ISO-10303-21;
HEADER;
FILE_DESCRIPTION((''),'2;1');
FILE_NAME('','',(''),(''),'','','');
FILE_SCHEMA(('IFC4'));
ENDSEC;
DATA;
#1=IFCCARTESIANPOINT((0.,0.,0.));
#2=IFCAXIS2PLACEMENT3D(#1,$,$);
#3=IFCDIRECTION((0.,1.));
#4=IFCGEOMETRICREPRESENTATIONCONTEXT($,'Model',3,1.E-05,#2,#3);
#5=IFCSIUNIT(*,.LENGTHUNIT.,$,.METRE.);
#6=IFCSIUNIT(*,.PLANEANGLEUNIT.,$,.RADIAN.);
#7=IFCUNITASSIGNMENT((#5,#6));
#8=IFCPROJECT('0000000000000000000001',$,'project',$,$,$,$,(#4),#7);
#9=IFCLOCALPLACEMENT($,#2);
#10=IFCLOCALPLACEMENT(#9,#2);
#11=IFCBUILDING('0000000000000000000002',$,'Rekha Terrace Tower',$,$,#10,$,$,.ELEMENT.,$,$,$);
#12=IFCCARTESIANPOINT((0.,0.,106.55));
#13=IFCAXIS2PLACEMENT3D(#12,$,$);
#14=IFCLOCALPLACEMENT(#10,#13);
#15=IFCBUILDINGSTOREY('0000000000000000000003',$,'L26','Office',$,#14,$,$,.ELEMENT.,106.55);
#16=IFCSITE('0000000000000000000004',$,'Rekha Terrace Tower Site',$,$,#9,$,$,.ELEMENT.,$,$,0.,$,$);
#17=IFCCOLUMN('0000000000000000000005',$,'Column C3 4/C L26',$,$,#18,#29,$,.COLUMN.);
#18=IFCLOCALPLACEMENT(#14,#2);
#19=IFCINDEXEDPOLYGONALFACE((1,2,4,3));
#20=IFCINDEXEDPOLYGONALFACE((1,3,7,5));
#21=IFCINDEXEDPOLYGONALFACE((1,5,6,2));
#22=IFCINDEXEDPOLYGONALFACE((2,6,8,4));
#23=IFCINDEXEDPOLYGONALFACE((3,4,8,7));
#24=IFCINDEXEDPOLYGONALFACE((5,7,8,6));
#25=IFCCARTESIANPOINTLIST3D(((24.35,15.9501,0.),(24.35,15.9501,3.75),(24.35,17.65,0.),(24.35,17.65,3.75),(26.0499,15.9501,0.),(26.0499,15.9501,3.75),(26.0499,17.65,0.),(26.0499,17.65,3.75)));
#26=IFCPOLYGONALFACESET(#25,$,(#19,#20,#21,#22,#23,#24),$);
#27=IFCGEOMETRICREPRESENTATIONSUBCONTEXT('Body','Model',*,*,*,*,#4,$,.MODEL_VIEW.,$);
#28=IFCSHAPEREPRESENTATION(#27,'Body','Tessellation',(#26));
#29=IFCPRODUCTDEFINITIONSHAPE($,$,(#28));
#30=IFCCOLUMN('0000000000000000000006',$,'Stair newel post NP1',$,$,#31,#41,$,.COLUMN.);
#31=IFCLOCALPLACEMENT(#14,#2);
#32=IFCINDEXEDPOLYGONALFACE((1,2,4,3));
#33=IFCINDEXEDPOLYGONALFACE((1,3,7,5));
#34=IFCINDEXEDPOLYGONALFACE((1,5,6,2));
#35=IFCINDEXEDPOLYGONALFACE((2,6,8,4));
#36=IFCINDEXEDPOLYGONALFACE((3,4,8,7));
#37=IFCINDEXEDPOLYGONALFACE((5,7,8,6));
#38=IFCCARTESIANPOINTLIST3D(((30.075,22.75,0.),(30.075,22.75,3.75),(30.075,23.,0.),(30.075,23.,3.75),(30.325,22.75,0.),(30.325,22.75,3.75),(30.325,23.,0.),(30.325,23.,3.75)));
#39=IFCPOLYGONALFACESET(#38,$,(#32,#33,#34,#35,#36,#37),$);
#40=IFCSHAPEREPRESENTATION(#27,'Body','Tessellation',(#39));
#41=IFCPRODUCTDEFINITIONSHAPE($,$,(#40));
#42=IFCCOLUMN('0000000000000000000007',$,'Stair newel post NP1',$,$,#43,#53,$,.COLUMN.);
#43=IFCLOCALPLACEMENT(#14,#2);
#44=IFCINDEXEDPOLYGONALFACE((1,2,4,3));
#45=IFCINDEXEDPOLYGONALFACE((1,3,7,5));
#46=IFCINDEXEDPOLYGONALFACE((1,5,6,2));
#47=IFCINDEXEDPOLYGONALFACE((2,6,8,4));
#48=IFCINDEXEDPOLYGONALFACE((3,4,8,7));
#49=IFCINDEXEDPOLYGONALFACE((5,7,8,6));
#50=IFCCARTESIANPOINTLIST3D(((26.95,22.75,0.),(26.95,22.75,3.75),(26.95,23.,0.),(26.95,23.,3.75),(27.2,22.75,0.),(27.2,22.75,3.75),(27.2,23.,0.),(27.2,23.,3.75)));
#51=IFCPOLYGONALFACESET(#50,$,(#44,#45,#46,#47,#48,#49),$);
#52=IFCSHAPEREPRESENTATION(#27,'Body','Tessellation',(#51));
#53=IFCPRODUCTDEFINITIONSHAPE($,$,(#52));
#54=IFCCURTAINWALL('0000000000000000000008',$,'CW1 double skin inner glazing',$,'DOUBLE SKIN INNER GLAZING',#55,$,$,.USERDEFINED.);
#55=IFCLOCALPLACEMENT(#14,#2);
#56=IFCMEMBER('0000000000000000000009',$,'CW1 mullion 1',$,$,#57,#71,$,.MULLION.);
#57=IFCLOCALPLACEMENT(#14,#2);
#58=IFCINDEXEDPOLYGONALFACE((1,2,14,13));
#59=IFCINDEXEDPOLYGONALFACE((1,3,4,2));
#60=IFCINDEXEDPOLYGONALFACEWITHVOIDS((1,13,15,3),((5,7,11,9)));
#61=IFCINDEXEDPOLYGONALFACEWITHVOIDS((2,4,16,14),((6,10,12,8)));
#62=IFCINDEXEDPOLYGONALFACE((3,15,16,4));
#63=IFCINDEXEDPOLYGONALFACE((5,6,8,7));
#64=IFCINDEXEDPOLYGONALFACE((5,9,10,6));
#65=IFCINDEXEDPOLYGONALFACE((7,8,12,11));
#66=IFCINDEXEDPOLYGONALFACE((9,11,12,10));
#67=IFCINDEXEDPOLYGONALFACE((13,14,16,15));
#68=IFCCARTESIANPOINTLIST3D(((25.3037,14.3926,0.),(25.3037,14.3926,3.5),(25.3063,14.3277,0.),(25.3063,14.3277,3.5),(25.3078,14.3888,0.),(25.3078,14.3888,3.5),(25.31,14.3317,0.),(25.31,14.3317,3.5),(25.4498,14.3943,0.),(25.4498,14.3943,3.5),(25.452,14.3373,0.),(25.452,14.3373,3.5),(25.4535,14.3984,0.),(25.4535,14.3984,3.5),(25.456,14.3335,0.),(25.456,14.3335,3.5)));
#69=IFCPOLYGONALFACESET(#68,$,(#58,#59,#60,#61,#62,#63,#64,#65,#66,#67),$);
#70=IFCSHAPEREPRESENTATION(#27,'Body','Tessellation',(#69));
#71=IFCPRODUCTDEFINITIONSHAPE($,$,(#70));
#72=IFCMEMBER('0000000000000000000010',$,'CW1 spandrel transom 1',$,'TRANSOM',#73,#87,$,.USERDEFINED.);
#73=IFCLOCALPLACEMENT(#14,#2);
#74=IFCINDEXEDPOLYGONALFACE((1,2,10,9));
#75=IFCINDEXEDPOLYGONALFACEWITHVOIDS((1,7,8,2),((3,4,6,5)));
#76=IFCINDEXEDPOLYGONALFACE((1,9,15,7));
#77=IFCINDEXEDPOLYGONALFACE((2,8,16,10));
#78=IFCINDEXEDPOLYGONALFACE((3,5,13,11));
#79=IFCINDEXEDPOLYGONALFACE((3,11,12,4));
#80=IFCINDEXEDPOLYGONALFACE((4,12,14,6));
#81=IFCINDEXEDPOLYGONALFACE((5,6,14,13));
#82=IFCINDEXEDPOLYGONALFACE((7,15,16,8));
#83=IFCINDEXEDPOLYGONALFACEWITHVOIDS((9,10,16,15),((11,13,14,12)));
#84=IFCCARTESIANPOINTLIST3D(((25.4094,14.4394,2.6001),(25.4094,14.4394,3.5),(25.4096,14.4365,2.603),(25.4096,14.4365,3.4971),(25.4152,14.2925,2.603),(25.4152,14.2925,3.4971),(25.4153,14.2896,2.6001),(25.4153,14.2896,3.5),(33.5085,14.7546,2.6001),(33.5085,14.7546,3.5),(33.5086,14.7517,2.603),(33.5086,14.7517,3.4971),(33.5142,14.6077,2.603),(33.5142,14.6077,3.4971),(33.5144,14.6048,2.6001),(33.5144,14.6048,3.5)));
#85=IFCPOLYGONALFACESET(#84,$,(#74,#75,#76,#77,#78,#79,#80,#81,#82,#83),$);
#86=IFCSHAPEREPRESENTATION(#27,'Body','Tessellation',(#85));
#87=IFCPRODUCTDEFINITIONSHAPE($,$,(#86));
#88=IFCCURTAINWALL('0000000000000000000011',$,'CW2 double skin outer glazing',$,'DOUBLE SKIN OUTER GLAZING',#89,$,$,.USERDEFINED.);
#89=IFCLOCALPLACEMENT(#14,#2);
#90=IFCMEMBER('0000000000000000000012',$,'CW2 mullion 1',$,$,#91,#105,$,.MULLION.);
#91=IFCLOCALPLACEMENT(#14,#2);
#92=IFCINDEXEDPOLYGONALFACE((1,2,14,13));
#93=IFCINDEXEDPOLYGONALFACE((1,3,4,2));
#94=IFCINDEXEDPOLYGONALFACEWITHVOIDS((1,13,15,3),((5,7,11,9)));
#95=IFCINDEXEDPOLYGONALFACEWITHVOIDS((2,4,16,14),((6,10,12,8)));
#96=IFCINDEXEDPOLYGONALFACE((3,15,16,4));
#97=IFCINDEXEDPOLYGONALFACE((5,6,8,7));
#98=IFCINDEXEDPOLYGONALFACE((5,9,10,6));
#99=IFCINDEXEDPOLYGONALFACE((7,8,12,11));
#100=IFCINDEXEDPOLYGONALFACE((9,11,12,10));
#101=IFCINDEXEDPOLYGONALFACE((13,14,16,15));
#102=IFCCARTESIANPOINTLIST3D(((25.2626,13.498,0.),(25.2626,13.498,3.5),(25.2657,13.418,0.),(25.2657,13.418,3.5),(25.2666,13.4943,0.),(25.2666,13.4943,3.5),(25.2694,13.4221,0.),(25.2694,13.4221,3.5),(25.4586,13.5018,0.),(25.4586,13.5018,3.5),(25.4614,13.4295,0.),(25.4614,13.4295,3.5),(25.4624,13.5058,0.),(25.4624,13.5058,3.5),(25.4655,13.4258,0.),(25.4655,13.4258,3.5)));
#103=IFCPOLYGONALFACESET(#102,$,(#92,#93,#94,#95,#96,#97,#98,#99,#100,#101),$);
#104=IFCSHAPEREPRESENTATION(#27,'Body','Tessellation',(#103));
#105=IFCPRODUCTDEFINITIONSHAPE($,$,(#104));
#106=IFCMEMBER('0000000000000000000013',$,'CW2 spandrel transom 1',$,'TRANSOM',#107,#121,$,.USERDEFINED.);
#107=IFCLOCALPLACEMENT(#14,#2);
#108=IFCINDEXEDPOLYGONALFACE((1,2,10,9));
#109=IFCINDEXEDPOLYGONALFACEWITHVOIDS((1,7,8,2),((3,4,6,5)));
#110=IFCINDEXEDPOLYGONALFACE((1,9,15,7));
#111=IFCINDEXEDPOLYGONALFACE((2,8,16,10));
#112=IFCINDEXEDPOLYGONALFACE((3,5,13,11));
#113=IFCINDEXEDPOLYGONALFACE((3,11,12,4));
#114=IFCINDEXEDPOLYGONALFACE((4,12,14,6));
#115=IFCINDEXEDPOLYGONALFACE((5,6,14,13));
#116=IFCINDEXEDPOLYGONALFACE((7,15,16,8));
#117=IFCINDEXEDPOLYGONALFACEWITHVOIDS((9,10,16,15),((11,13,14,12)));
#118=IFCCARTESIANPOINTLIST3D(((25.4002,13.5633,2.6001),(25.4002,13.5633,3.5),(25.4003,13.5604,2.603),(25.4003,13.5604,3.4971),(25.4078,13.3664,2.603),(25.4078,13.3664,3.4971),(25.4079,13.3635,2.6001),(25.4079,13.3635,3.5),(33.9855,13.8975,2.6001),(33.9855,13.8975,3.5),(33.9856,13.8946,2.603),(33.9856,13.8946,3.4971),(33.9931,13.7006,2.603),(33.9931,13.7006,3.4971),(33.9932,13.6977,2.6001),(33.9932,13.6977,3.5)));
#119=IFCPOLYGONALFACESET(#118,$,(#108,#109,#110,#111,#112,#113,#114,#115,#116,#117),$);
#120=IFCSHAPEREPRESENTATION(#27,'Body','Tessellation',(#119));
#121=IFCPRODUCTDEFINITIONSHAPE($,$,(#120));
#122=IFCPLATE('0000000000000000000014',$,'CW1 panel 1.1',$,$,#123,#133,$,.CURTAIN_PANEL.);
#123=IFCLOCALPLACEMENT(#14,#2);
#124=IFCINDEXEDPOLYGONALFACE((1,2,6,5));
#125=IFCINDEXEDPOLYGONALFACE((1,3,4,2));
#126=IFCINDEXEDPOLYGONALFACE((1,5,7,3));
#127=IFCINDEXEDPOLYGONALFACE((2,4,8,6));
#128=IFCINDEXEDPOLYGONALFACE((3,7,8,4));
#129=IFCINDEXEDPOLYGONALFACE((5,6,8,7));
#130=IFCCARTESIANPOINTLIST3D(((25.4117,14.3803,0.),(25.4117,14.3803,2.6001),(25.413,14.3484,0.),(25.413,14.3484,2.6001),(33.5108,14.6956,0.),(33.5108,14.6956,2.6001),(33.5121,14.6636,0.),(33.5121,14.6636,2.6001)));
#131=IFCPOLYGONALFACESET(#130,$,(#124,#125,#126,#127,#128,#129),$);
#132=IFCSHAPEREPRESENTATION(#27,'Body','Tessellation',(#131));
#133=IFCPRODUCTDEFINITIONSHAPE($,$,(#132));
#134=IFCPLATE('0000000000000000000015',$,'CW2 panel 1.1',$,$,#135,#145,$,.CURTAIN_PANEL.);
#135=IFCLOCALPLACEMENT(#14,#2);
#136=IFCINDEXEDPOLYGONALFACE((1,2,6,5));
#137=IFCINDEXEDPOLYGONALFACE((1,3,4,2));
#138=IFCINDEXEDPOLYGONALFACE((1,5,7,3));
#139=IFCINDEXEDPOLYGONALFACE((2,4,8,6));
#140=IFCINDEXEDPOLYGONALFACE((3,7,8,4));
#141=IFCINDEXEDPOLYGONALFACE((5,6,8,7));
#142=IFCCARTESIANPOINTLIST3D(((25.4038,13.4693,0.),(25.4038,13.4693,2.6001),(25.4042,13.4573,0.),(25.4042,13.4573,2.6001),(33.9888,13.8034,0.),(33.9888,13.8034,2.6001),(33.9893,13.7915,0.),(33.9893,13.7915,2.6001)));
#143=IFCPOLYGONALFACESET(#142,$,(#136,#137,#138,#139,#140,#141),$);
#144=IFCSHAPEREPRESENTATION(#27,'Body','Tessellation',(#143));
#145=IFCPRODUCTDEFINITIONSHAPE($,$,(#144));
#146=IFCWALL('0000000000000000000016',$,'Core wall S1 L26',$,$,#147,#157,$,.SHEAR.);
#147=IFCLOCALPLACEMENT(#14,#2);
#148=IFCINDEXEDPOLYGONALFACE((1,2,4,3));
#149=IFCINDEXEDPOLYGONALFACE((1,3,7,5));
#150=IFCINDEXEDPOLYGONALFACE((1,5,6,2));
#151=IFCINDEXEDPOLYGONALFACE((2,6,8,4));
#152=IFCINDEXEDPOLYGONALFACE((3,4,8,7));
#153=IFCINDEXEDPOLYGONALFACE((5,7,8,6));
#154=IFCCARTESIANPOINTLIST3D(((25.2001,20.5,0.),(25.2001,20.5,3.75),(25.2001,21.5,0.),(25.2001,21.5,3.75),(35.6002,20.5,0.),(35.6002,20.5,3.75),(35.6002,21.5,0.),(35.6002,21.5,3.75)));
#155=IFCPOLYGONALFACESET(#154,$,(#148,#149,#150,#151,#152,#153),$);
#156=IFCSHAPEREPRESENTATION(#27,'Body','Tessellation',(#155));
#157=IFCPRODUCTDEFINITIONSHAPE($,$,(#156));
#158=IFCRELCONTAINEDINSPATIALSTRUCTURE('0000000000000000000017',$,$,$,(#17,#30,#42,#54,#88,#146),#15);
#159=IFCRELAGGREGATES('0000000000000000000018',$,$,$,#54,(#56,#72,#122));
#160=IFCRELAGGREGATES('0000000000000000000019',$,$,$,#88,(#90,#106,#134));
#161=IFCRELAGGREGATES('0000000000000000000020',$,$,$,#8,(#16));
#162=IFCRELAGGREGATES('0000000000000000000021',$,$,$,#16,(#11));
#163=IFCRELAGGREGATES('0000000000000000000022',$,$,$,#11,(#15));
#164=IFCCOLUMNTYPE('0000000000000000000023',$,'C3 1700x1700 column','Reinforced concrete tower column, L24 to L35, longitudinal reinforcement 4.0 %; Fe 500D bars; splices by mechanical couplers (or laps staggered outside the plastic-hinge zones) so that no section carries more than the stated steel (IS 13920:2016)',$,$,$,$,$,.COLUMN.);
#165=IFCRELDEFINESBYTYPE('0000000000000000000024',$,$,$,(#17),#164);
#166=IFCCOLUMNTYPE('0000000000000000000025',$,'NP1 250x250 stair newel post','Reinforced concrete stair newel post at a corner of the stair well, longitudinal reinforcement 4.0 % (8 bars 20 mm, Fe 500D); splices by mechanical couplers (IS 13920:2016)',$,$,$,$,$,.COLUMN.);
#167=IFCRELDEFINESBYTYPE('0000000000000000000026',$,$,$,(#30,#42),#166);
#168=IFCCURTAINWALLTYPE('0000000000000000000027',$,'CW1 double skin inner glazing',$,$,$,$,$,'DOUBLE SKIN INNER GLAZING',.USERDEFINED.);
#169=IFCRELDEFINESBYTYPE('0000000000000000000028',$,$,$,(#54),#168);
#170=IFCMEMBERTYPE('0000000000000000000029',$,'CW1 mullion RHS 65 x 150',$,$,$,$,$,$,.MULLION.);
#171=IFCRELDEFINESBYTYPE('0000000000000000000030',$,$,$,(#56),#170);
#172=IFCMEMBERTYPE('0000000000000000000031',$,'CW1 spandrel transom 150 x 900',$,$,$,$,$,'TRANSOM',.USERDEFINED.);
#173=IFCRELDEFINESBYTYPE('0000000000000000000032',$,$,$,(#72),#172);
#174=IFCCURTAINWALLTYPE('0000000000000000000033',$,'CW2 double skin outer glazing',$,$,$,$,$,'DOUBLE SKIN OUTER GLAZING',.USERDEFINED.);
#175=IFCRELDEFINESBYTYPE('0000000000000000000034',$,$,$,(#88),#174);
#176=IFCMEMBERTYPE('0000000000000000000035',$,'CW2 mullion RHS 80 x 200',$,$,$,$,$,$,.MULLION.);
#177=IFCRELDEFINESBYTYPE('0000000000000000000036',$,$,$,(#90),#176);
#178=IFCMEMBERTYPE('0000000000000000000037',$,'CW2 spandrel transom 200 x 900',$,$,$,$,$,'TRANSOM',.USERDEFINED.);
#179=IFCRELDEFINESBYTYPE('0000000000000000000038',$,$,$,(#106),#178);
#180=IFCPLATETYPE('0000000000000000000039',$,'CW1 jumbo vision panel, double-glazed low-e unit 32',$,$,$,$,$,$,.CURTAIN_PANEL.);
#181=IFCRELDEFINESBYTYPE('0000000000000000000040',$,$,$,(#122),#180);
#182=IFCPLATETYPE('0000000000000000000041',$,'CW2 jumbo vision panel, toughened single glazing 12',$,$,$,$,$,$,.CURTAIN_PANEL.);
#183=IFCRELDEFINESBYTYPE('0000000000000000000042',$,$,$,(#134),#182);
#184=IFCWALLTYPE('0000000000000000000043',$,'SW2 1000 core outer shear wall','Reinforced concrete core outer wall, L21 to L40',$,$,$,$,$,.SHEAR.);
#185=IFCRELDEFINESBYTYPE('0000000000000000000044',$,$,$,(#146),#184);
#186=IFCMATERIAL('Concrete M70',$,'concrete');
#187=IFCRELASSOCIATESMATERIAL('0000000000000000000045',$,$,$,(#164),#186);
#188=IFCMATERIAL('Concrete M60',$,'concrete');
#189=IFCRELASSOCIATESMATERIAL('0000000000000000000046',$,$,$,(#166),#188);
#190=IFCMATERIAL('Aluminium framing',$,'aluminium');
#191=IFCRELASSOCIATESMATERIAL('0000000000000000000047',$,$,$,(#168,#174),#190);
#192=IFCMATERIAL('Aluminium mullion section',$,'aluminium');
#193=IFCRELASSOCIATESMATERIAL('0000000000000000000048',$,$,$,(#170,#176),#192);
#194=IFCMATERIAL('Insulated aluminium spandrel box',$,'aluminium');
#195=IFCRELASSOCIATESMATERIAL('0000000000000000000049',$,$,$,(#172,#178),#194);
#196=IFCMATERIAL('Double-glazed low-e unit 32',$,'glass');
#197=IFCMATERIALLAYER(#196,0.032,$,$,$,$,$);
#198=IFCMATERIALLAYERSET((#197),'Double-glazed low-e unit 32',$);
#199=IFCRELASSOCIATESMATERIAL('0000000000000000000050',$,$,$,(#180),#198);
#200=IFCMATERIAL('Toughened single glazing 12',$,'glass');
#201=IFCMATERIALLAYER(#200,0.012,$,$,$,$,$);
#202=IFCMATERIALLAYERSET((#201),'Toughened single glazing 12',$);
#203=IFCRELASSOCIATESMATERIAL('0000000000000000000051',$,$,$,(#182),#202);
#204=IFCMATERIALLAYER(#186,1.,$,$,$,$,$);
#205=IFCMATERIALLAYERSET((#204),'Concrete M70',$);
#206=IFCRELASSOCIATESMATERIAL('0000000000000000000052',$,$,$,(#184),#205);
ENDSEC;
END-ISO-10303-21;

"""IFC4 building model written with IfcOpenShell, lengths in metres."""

from ifc_helpers import new_model, si_unit, direction, frame, frame_2d, origin, origin_2d, place, context, subcontext, project, spatial, rectangle, hollow_rectangle, extrude, material, layer, layer_set, material_profile, profile_set, type_object, element, aggregate, save


model = new_model("IFC4")

# Units and contexts
model_context = context("Model", 3, precision=1e-05, world=origin(), true_north=direction((0.0, 1.0)))
body_context = subcontext(model_context, "Body", "Model", "MODEL_VIEW")
ifc_project = project(units=[si_unit("LENGTHUNIT", "METRE"), si_unit("PLANEANGLEUNIT", "RADIAN")], contexts=[model_context])

# Site, building, storey
site_placement = place(None, origin())
site = spatial("IfcSite", under=ifc_project, at=site_placement, Name="Rekha Terrace Tower Site", CompositionType="ELEMENT", RefElevation=0.0)
building_placement = place(site_placement, origin())
building = spatial("IfcBuilding", under=site, at=building_placement, Name="Rekha Terrace Tower", CompositionType="ELEMENT")
storey_placement = place(building_placement, frame((0.0, 0.0, 106.55)))
storey = spatial("IfcBuildingStorey", under=building, at=storey_placement, Name="L26", Description="Office", CompositionType="ELEMENT", Elevation=106.55)

# Columns
ifc_material_1 = material(Name="Concrete M70", Category="concrete")
ifc_material_profile_1 = material_profile(ifc_material_1, rectangle(XDim=1.7, YDim=1.7, at=origin_2d()), Name="RC 1700x1700")
ifc_profile_set_1 = profile_set([ifc_material_profile_1], Name="Concrete M70")
column_type_1 = type_object("IfcColumnType", Name="C3 1700x1700 column", Description="Reinforced concrete tower column, L24 to L35, longitudinal reinforcement 4.0 %; Fe 500D bars; splices by mechanical couplers (or laps staggered outside the plastic-hinge zones) so that no section carries more than the stated steel (IS 13920:2016)", PredefinedType="COLUMN", material=ifc_profile_set_1)
column_placement = place(storey_placement, frame((25.2, 16.8, 0.0), z_axis=(0.0, 0.0, 1.0), x_axis=(1.0, 0.0, 0.0)))
element("IfcColumn", 1, at=column_placement, inside=storey, type_object=column_type_1, Name="Column C3 4/C L26", PredefinedType="COLUMN", context=body_context, shape_type="SweptSolid", body=[
    extrude(rectangle(XDim=1.7, YDim=1.7, at=origin_2d()), origin(), (0.0, 0.0, 1.0), 3.75),
])
ifc_material_2 = material(Name="Concrete M60", Category="concrete")
ifc_material_profile_2 = material_profile(ifc_material_2, rectangle(XDim=0.25, YDim=0.25, at=origin_2d()), Name="RC 250x250")
ifc_profile_set_2 = profile_set([ifc_material_profile_2], Name="Concrete M60")
column_type_2 = type_object("IfcColumnType", Name="NP1 250x250 stair newel post", Description="Reinforced concrete stair newel post at a corner of the stair well, longitudinal reinforcement 4.0 % (8 bars 20 mm, Fe 500D); splices by mechanical couplers (IS 13920:2016)", PredefinedType="COLUMN", material=ifc_profile_set_2)
for number, where, z_axis, x_axis, name in (
    (2, (30.2, 22.875, 0.0), (0.0, 0.0, 1.0), (1.0, 0.0, 0.0), "Stair newel post NP1"),
    (3, (27.075, 22.875, 0.0), (0.0, 0.0, 1.0), (1.0, 0.0, 0.0), "Stair newel post NP1"),
):
    element("IfcColumn", number, at=place(storey_placement, frame(where, z_axis=z_axis, x_axis=x_axis)), inside=storey, type_object=column_type_2, Name=name, PredefinedType="COLUMN", context=body_context, shape_type="SweptSolid", body=[
        extrude(rectangle(XDim=0.25, YDim=0.25, at=origin_2d()), origin(), (0.0, 0.0, 1.0), 3.75),
    ])

# Curtain walls, members
ifc_material_3 = material(Name="Aluminium framing", Category="aluminium")
curtain_wall_type_1 = type_object("IfcCurtainWallType", Name="CW1 double skin inner glazing", ElementType="DOUBLE SKIN INNER GLAZING", PredefinedType="USERDEFINED", material=ifc_material_3)
curtain_wall_1_placement = place(storey_placement, origin())
curtain_wall_1 = element("IfcCurtainWall", 4, at=curtain_wall_1_placement, inside=storey, type_object=curtain_wall_type_1, Name="CW1 double skin inner glazing", ObjectType="DOUBLE SKIN INNER GLAZING", PredefinedType="USERDEFINED")
ifc_material_4 = material(Name="Aluminium mullion section", Category="aluminium")
ifc_material_profile_3 = material_profile(ifc_material_4, hollow_rectangle(XDim=0.0649, YDim=0.1499, WallThickness=0.0039, at=origin_2d()), Name="AL RHS 65x150")
ifc_profile_set_3 = profile_set([ifc_material_profile_3], Name="Aluminium mullion section")
member_type_1 = type_object("IfcMemberType", Name="CW1 mullion RHS 65 x 150", PredefinedType="MULLION", material=ifc_profile_set_3)
member_1_placement = place(storey_placement, frame((25.3799, 14.363, 0.0), z_axis=(0.0, 0.0, 1.0), x_axis=(-0.03889, 0.999243, 0.0)))
member_1 = element("IfcMember", 5, at=member_1_placement, type_object=member_type_1, Name="CW1 mullion 1", PredefinedType="MULLION", context=body_context, shape_type="SweptSolid", body=[
    extrude(hollow_rectangle(XDim=0.0649, YDim=0.1499, WallThickness=0.0039, at=origin_2d()), origin(), (0.0, 0.0, 1.0), 3.5),
])
ifc_material_5 = material(Name="Insulated aluminium spandrel box", Category="aluminium")
ifc_material_profile_4 = material_profile(ifc_material_5, hollow_rectangle(XDim=0.1499, YDim=0.8999, WallThickness=0.0029, at=origin_2d()), Name="AL SPANDREL BOX 150x900")
ifc_profile_set_4 = profile_set([ifc_material_profile_4], Name="Insulated aluminium spandrel box")
member_type_2 = type_object("IfcMemberType", Name="CW1 spandrel transom 150 x 900", ElementType="TRANSOM", PredefinedType="USERDEFINED", material=ifc_profile_set_4)
member_2_placement = place(storey_placement, frame((25.4124, 14.3645, 3.05), z_axis=(0.999244, 0.038887, 0.0), x_axis=(-0.038887, 0.999244, 0.0)))
member_2 = element("IfcMember", 6, at=member_2_placement, type_object=member_type_2, Name="CW1 spandrel transom 1", ObjectType="TRANSOM", PredefinedType="USERDEFINED", context=body_context, shape_type="SweptSolid", body=[
    extrude(hollow_rectangle(XDim=0.1499, YDim=0.8999, WallThickness=0.0029, at=origin_2d()), origin(), (0.0, 0.0, 1.0), 8.1052),
])
curtain_wall_type_2 = type_object("IfcCurtainWallType", Name="CW2 double skin outer glazing", ElementType="DOUBLE SKIN OUTER GLAZING", PredefinedType="USERDEFINED", material=ifc_material_3)
curtain_wall_2_placement = place(storey_placement, origin())
curtain_wall_2 = element("IfcCurtainWall", 7, at=curtain_wall_2_placement, inside=storey, type_object=curtain_wall_type_2, Name="CW2 double skin outer glazing", ObjectType="DOUBLE SKIN OUTER GLAZING", PredefinedType="USERDEFINED")
ifc_material_profile_5 = material_profile(ifc_material_4, hollow_rectangle(XDim=0.0801, YDim=0.2, WallThickness=0.0039, at=origin_2d()), Name="AL RHS 80x200")
ifc_profile_set_5 = profile_set([ifc_material_profile_5], Name="Aluminium mullion section")
member_type_3 = type_object("IfcMemberType", Name="CW2 mullion RHS 80 x 200", PredefinedType="MULLION", material=ifc_profile_set_5)
member_3_placement = place(storey_placement, frame((25.364, 13.4619, 0.0), z_axis=(0.0, 0.0, 1.0), x_axis=(-0.03889, 0.999243, 0.0)))
member_3 = element("IfcMember", 8, at=member_3_placement, type_object=member_type_3, Name="CW2 mullion 1", PredefinedType="MULLION", context=body_context, shape_type="SweptSolid", body=[
    extrude(hollow_rectangle(XDim=0.0801, YDim=0.2, WallThickness=0.0039, at=origin_2d()), origin(), (0.0, 0.0, 1.0), 3.5),
])
ifc_material_profile_6 = material_profile(ifc_material_5, hollow_rectangle(XDim=0.2, YDim=0.8999, WallThickness=0.0029, at=origin_2d()), Name="AL SPANDREL BOX 200x900")
ifc_profile_set_6 = profile_set([ifc_material_profile_6], Name="Insulated aluminium spandrel box")
member_type_4 = type_object("IfcMemberType", Name="CW2 spandrel transom 200 x 900", ElementType="TRANSOM", PredefinedType="USERDEFINED", material=ifc_profile_set_6)
member_4_placement = place(storey_placement, frame((25.4041, 13.4634, 3.05), z_axis=(0.999243, 0.038901, 0.0), x_axis=(-0.038901, 0.999243, 0.0)))
member_4 = element("IfcMember", 9, at=member_4_placement, type_object=member_type_4, Name="CW2 spandrel transom 1", ObjectType="TRANSOM", PredefinedType="USERDEFINED", context=body_context, shape_type="SweptSolid", body=[
    extrude(hollow_rectangle(XDim=0.2, YDim=0.8999, WallThickness=0.0029, at=origin_2d()), origin(), (0.0, 0.0, 1.0), 8.5918),
])

# Plates
ifc_material_6 = material(Name="Double-glazed low-e unit 32", Category="glass")
ifc_layer_1 = layer(ifc_material_6, 0.032)
ifc_layer_set_1 = layer_set([ifc_layer_1], Name="Double-glazed low-e unit 32")
plate_type_1 = type_object("IfcPlateType", Name="CW1 jumbo vision panel, double-glazed low-e unit 32", PredefinedType="CURTAIN_PANEL", material=ifc_layer_set_1)
plate_1_placement = place(storey_placement, frame((29.4619, 14.522, 0.0), z_axis=(0.0, 0.0, 1.0), x_axis=(0.999243, 0.03889, 0.0)))
plate_1 = element("IfcPlate", 10, at=plate_1_placement, type_object=plate_type_1, Name="CW1 panel 1.1", PredefinedType="CURTAIN_PANEL", context=body_context, shape_type="SweptSolid", body=[
    extrude(rectangle(XDim=8.1052, YDim=0.032, at=origin_2d()), origin(), (0.0, 0.0, 1.0), 2.6001),
])
aggregate(curtain_wall_1, [member_1, member_2, plate_1])
ifc_material_7 = material(Name="Toughened single glazing 12", Category="glass")
ifc_layer_2 = layer(ifc_material_7, 0.012)
ifc_layer_set_2 = layer_set([ifc_layer_2], Name="Toughened single glazing 12")
plate_type_2 = type_object("IfcPlateType", Name="CW2 jumbo vision panel, toughened single glazing 12", PredefinedType="CURTAIN_PANEL", material=ifc_layer_set_2)
plate_2_placement = place(storey_placement, frame((29.6965, 13.6304, 0.0), z_axis=(0.0, 0.0, 1.0), x_axis=(0.999243, 0.03889, 0.0)))
plate_2 = element("IfcPlate", 11, at=plate_2_placement, type_object=plate_type_2, Name="CW2 panel 1.1", PredefinedType="CURTAIN_PANEL", context=body_context, shape_type="SweptSolid", body=[
    extrude(rectangle(XDim=8.5916, YDim=0.012, at=origin_2d()), origin(), (0.0, 0.0, 1.0), 2.6001),
])
aggregate(curtain_wall_2, [member_3, member_4, plate_2])

# Wall
ifc_layer_3 = layer(ifc_material_1, 1.0)
ifc_layer_set_3 = layer_set([ifc_layer_3], Name="Concrete M70")
wall_type_1 = type_object("IfcWallType", Name="SW2 1000 core outer shear wall", Description="Reinforced concrete core outer wall, L21 to L40", PredefinedType="SHEAR", material=ifc_layer_set_3)
wall_1_placement = place(storey_placement, frame((25.2, 21.0, 0.0), z_axis=(0.0, 0.0, 1.0), x_axis=(1.0, 0.0, 0.0)))
element("IfcWall", 12, at=wall_1_placement, inside=storey, type_object=wall_type_1, Name="Core wall S1 L26", PredefinedType="SHEAR", context=body_context, shape_type="SweptSolid", body=[
    extrude(rectangle(XDim=10.4001, YDim=1.0, at=frame_2d((5.2002, 0.0))), origin(), (0.0, 0.0, 1.0), 3.75),
])

save(model, "model.ifc")
